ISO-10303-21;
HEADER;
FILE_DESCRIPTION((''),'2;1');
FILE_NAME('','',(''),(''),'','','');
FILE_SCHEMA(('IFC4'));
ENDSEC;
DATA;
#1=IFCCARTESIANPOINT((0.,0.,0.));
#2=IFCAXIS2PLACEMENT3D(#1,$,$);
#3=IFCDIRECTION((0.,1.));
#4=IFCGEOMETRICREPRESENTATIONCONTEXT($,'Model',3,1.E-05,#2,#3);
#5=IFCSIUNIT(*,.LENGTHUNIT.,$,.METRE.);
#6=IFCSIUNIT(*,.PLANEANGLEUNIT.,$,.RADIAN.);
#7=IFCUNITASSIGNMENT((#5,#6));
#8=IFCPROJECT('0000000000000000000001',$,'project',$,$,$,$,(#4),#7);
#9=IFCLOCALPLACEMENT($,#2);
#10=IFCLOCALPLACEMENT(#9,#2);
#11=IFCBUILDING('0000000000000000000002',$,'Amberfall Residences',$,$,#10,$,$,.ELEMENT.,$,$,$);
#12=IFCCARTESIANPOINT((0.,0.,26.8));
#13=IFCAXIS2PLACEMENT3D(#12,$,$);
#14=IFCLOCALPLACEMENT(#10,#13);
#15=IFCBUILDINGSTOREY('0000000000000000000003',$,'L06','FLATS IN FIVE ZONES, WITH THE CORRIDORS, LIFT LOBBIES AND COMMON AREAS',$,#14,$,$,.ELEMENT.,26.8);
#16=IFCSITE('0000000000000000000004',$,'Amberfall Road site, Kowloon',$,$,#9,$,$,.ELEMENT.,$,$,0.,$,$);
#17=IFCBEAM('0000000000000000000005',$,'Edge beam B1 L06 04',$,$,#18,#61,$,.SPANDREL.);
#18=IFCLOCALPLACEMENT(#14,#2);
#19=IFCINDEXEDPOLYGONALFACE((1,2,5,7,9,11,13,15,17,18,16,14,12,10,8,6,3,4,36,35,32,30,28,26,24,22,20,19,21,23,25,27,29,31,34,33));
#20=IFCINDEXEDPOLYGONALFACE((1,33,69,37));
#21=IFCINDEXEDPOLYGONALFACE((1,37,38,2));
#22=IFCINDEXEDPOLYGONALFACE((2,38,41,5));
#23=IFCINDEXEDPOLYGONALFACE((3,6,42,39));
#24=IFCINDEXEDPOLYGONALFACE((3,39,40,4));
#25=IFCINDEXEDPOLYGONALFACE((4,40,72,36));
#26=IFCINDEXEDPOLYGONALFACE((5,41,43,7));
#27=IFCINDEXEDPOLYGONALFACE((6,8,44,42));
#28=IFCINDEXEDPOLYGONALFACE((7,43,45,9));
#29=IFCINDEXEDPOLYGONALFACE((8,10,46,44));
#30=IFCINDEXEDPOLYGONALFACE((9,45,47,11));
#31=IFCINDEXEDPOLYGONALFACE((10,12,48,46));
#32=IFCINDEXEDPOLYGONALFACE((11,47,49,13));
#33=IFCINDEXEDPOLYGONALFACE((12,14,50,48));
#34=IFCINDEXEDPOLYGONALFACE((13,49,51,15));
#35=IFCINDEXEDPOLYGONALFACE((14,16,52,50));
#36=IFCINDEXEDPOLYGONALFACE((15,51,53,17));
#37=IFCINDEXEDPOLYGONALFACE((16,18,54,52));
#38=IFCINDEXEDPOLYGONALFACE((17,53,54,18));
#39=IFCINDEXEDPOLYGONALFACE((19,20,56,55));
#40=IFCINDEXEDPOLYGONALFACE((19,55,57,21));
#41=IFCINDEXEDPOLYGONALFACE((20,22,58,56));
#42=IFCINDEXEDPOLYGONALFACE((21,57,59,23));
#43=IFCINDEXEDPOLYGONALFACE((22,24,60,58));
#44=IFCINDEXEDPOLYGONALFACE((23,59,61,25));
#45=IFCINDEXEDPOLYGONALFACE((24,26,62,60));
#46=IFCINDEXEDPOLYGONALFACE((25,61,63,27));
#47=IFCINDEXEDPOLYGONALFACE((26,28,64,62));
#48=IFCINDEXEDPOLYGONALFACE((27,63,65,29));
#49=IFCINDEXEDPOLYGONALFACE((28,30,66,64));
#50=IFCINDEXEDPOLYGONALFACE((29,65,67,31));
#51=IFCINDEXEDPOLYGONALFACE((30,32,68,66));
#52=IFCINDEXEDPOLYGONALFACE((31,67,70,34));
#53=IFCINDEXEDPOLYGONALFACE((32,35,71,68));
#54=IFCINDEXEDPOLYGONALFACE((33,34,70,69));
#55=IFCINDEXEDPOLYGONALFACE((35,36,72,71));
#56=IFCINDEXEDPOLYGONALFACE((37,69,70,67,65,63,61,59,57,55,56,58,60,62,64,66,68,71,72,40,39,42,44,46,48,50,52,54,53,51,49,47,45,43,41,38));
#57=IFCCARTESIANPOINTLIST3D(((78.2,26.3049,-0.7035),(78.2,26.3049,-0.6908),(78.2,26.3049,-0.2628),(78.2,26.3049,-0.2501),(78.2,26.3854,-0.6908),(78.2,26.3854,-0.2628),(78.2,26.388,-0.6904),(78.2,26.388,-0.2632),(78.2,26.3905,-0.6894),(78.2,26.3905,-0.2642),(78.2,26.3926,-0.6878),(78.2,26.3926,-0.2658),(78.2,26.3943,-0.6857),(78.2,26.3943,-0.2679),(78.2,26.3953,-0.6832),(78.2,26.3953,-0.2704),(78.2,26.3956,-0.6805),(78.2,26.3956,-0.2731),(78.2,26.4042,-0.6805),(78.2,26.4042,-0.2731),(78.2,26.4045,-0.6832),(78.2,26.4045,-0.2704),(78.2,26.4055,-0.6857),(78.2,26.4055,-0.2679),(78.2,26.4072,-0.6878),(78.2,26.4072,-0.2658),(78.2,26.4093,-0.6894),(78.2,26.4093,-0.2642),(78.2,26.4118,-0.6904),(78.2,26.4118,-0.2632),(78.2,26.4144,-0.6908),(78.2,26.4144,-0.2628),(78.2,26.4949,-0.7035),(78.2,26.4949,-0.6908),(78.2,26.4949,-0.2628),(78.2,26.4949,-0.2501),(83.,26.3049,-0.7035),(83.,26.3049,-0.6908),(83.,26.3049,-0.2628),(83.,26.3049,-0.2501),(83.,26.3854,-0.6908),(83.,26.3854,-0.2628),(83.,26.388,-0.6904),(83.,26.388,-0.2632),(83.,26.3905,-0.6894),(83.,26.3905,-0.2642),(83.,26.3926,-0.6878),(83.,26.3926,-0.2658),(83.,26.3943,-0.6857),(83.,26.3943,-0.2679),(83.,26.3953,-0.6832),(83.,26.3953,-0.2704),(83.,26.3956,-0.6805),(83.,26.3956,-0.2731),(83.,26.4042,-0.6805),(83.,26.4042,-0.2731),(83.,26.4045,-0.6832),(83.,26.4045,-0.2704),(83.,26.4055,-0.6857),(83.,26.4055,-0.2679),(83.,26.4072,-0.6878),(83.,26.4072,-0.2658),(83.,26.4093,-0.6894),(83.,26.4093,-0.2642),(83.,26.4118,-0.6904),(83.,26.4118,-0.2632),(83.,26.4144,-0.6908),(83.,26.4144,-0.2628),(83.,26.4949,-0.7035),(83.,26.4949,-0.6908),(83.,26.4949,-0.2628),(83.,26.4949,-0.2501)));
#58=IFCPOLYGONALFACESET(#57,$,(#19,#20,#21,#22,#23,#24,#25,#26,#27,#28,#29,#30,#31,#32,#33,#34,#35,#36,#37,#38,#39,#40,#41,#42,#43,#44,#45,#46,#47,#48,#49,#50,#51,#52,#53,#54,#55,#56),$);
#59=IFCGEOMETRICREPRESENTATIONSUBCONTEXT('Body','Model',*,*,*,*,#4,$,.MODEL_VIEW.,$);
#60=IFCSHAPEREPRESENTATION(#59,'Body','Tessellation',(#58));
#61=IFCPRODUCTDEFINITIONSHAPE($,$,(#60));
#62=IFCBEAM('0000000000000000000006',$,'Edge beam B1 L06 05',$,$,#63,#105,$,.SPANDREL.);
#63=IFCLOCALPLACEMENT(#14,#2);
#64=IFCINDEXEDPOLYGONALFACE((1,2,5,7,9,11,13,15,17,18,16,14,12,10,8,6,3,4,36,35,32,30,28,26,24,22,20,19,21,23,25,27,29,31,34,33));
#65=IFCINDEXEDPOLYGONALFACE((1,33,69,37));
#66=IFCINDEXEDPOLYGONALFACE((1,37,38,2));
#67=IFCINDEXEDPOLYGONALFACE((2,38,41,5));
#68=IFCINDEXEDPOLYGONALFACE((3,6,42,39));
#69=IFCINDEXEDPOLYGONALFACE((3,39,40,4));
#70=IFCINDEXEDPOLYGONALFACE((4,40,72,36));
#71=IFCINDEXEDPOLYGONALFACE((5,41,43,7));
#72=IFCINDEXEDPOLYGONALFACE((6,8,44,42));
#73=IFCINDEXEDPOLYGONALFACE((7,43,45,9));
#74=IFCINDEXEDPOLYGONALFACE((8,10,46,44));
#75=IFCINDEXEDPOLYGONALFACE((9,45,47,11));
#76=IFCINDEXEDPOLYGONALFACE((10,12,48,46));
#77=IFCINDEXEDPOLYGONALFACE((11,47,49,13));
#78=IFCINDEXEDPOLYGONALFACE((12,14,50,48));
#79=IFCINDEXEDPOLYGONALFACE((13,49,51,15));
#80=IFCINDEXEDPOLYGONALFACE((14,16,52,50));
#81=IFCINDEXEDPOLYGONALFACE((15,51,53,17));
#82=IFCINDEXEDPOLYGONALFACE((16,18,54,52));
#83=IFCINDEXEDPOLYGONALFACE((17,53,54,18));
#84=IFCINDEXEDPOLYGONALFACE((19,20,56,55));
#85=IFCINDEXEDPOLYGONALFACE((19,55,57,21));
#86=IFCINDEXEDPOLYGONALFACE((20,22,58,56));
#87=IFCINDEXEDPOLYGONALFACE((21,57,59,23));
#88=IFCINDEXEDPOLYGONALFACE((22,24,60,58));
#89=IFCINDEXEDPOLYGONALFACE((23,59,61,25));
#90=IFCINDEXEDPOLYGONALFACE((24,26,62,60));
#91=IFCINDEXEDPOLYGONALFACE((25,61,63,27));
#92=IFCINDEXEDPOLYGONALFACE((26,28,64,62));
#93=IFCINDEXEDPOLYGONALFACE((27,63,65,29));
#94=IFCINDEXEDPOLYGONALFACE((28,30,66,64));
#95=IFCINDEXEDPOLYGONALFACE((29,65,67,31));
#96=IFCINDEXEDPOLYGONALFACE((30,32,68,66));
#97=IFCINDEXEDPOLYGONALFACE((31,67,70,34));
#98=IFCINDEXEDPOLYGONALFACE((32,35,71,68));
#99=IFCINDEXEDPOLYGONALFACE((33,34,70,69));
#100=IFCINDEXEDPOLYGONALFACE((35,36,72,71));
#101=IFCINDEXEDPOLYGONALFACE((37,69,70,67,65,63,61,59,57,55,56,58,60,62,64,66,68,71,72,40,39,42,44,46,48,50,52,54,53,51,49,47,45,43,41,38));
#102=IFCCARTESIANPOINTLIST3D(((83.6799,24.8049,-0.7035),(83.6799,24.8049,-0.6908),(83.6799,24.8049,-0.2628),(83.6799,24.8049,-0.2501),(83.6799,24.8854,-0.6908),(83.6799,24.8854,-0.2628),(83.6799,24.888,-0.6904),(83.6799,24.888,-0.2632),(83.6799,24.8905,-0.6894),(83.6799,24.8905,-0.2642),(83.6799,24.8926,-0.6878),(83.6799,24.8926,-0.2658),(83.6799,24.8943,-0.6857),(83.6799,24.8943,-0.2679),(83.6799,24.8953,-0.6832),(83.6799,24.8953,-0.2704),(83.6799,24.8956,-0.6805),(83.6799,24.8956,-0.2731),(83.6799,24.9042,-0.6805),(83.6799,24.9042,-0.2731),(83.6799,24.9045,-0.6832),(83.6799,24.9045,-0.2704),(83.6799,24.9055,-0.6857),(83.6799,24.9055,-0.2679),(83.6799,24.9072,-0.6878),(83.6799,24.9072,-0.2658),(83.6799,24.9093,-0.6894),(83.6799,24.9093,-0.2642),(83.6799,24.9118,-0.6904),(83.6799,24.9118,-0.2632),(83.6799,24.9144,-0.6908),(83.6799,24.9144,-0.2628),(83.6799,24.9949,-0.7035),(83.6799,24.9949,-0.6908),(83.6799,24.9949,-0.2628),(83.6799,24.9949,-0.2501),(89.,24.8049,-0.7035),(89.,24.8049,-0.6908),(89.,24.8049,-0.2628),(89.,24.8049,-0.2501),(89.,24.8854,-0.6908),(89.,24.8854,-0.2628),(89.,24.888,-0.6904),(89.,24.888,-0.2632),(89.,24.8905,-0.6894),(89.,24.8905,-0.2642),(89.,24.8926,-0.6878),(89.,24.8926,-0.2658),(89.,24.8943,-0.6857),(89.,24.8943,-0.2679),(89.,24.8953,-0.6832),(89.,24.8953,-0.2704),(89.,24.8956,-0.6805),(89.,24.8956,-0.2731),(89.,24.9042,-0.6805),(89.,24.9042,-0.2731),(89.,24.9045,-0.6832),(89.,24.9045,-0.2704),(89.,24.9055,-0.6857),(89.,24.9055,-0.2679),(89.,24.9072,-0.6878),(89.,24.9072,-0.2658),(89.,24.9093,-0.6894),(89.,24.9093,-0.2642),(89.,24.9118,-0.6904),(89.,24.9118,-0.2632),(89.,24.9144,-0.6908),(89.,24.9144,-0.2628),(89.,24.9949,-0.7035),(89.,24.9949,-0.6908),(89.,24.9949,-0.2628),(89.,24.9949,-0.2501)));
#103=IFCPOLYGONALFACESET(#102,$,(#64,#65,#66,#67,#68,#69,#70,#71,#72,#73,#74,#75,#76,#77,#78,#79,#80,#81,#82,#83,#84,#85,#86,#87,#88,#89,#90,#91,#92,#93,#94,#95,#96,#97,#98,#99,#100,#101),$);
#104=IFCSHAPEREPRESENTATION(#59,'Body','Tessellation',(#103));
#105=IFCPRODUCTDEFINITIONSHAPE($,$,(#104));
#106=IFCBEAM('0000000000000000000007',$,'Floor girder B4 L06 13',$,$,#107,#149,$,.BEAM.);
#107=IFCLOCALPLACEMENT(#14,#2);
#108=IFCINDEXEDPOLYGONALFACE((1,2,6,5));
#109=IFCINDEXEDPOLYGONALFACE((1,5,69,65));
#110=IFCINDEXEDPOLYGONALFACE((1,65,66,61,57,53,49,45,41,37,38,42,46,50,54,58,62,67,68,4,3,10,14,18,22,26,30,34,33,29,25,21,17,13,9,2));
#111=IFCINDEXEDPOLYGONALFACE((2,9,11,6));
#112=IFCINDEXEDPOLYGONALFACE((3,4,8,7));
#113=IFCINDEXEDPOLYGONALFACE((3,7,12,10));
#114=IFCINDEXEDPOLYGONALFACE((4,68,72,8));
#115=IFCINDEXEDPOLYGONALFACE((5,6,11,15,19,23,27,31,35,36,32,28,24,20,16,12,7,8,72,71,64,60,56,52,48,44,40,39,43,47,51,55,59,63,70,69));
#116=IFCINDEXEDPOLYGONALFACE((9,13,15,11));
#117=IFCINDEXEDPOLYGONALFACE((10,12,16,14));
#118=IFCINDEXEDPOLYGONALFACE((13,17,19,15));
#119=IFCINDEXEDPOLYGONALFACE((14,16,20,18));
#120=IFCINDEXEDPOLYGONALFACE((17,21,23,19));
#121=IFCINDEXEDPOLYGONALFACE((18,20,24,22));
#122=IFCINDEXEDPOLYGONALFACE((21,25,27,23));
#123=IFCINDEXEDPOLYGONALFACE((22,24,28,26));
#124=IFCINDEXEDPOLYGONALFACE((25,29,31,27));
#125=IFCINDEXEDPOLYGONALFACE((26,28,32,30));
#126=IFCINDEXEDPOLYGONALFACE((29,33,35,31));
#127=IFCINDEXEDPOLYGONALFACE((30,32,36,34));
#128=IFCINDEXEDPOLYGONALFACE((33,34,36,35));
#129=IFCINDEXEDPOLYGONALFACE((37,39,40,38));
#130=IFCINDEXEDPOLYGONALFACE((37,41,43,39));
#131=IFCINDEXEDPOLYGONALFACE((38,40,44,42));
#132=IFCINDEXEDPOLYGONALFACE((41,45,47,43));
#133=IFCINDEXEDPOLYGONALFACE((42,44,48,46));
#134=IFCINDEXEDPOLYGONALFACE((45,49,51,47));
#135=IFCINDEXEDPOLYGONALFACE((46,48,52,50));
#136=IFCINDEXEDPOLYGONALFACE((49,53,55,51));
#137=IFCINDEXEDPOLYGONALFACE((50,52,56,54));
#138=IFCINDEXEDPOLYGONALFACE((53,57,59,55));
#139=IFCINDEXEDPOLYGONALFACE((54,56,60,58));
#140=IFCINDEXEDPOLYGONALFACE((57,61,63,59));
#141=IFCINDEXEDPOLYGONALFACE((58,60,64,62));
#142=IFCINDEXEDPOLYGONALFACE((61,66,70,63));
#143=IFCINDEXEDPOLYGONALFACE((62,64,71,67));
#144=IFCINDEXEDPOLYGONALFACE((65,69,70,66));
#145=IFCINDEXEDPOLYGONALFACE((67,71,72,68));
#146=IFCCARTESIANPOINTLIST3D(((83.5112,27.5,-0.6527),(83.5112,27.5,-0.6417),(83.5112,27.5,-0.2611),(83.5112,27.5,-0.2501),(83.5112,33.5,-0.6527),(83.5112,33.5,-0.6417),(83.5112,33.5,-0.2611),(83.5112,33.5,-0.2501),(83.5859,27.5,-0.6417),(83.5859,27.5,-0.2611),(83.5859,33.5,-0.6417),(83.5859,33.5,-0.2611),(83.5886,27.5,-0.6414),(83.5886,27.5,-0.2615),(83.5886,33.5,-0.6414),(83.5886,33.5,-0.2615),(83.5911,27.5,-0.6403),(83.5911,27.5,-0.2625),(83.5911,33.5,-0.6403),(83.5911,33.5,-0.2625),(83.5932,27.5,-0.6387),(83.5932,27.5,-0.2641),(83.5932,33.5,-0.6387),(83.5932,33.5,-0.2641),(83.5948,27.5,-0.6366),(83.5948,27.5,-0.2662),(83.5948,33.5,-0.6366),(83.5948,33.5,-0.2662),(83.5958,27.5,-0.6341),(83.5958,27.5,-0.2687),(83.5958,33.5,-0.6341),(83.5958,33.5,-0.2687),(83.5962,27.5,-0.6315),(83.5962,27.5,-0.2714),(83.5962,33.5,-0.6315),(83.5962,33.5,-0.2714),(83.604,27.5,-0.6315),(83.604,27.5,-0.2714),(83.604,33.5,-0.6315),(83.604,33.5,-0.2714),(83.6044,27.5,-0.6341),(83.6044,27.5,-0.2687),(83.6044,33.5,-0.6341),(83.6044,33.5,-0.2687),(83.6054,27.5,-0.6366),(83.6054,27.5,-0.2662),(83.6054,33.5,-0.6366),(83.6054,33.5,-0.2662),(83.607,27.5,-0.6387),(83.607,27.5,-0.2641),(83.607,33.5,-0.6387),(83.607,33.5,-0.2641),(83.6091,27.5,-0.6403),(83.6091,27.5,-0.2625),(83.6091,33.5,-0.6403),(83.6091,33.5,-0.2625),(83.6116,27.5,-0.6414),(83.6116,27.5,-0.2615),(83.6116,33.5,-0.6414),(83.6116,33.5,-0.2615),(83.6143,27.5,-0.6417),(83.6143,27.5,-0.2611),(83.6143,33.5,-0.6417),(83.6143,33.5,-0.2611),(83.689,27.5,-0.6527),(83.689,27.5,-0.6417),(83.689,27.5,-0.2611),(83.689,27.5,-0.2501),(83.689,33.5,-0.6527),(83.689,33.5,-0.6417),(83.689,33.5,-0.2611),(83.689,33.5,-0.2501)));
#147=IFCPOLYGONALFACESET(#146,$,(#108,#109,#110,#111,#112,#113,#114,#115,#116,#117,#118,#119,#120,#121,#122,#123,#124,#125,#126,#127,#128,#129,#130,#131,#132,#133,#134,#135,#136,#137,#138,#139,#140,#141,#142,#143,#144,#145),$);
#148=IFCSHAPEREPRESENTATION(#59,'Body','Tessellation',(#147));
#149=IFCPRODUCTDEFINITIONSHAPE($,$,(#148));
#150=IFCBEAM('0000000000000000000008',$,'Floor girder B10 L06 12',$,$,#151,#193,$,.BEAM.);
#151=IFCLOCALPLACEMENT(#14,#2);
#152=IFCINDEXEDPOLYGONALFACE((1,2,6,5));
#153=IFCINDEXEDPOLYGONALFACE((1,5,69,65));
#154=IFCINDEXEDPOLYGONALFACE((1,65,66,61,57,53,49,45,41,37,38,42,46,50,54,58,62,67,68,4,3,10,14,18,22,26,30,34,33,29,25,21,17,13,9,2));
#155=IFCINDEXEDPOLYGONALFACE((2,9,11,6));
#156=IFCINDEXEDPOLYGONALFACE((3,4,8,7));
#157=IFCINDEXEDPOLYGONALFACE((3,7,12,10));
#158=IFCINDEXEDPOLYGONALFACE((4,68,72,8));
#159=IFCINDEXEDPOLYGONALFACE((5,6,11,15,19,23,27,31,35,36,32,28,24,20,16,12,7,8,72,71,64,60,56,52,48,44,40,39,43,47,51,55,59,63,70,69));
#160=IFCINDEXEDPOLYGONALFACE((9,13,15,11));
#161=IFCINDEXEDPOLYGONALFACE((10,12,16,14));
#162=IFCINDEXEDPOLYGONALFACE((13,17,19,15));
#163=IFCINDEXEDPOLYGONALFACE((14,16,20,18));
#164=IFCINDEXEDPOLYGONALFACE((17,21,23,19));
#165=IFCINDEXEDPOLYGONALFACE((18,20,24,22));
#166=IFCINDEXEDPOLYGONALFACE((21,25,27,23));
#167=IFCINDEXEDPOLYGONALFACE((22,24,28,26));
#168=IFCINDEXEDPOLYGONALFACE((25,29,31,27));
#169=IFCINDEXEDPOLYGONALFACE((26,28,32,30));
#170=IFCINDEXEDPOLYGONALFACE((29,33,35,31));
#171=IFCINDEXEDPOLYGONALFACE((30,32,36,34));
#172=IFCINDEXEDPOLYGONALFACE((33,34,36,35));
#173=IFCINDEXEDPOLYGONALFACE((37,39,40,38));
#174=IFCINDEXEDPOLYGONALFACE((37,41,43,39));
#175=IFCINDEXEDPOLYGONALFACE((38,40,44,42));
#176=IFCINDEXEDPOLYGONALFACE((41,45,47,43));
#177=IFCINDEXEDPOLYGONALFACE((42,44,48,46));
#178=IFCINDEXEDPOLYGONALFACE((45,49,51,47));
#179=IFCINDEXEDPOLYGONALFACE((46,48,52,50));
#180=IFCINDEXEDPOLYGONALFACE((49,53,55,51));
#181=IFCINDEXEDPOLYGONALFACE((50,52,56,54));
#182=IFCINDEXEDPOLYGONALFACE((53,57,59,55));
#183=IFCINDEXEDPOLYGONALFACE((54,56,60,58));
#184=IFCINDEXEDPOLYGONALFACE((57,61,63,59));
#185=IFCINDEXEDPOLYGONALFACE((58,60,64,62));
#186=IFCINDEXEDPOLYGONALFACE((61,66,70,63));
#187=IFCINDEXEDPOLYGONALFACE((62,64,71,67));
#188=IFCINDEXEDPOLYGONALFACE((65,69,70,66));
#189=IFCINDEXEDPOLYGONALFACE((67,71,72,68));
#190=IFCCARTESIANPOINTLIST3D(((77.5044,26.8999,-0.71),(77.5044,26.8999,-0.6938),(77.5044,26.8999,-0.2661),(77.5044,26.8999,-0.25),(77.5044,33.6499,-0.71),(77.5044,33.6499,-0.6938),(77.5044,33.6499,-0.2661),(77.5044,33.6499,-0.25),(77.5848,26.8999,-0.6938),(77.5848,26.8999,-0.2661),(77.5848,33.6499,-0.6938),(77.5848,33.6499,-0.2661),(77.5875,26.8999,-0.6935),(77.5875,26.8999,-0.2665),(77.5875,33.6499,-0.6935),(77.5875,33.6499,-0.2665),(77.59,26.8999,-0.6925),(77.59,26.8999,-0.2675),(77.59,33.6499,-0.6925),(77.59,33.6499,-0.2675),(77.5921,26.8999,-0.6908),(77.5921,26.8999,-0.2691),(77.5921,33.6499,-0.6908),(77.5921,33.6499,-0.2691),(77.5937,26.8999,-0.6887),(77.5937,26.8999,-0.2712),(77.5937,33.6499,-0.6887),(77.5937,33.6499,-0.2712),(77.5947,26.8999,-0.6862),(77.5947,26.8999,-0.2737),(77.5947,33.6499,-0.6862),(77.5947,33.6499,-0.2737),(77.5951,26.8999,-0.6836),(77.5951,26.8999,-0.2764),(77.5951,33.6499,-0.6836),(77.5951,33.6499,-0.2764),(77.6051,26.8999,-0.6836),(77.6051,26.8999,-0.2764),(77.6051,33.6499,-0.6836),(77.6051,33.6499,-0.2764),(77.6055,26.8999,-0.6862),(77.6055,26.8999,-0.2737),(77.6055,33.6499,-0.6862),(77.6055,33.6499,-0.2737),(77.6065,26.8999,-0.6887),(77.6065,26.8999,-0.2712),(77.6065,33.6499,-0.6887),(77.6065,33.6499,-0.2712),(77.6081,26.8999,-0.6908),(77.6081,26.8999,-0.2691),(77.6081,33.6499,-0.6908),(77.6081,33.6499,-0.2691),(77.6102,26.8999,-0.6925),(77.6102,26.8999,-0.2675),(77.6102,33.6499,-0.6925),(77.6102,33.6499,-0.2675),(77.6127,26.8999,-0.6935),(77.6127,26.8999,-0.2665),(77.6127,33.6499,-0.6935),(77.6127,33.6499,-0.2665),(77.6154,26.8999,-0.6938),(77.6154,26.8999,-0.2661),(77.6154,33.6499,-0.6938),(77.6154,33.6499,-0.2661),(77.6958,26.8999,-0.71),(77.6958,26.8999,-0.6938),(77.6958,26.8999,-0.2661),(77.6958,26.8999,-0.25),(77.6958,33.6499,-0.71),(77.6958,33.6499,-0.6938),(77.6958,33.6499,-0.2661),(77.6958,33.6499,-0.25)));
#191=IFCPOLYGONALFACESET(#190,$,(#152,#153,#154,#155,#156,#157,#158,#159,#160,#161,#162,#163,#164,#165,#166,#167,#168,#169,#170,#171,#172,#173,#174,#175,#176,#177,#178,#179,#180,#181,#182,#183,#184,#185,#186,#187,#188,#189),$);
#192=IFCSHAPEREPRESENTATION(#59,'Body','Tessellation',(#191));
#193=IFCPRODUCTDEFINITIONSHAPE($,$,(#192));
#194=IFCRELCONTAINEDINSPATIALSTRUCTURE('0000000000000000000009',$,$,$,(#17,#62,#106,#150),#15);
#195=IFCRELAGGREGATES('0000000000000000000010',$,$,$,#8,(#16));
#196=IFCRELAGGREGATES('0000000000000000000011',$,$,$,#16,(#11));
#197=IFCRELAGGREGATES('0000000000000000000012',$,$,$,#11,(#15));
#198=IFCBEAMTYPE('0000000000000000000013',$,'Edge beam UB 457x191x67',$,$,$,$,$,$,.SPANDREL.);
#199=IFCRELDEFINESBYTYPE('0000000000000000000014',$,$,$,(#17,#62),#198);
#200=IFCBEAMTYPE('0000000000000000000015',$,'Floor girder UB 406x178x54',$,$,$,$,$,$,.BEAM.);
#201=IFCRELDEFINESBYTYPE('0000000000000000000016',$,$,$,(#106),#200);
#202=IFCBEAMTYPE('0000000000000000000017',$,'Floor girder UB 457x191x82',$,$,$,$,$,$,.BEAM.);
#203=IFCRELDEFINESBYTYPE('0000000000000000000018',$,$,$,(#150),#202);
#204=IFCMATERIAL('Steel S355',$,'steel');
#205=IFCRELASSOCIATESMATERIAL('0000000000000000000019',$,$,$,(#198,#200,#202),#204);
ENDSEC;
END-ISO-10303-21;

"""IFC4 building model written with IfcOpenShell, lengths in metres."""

from ifc_helpers import new_model, si_unit, direction, frame, origin, origin_2d, place, context, subcontext, project, spatial, i_section, extrude, material, material_profile, profile_set, type_object, element, save


model = new_model("IFC4")

# Units and contexts
model_context = context("Model", 3, precision=1e-05, world=origin(), true_north=direction((0.0, 1.0)))
body_context = subcontext(model_context, "Body", "Model", "MODEL_VIEW")
ifc_project = project(units=[si_unit("LENGTHUNIT", "METRE"), si_unit("PLANEANGLEUNIT", "RADIAN")], contexts=[model_context])

# Site, building, storey
site_placement = place(None, origin())
site = spatial("IfcSite", under=ifc_project, at=site_placement, Name="Amberfall Road site, Kowloon", CompositionType="ELEMENT", RefElevation=0.0)
building_placement = place(site_placement, origin())
building = spatial("IfcBuilding", under=site, at=building_placement, Name="Amberfall Residences", CompositionType="ELEMENT")
storey_placement = place(building_placement, frame((0.0, 0.0, 26.8)))
storey = spatial("IfcBuildingStorey", under=building, at=storey_placement, Name="L06", Description="FLATS IN FIVE ZONES, WITH THE CORRIDORS, LIFT LOBBIES AND COMMON AREAS", CompositionType="ELEMENT", Elevation=26.8)

# Beams
ifc_material_1 = material(Name="Steel S355", Category="steel")
ifc_material_profile_1 = material_profile(ifc_material_1, i_section(OverallWidth=0.1899, OverallDepth=0.4534, WebThickness=0.0085, FlangeThickness=0.0127, FilletRadius=0.0103, at=origin_2d()), Name="UB 457x191x67")
ifc_profile_set_1 = profile_set([ifc_material_profile_1], Name="Steel S355")
beam_type_1 = type_object("IfcBeamType", Name="Edge beam UB 457x191x67", PredefinedType="SPANDREL", material=ifc_profile_set_1)
beam_1_placement = place(storey_placement, frame((78.2, 26.3999, -0.4768), z_axis=(1.0, 0.0, 0.0), x_axis=(0.0, 1.0, 0.0)))
element("IfcBeam", 1, at=beam_1_placement, inside=storey, type_object=beam_type_1, Name="Edge beam B1 L06 04", PredefinedType="SPANDREL", context=body_context, shape_type="SweptSolid", body=[
    extrude(i_section(OverallWidth=0.1899, OverallDepth=0.4534, WebThickness=0.0085, FlangeThickness=0.0127, FilletRadius=0.0103, at=origin_2d()), origin(), (0.0, 0.0, 1.0), 4.8),
])
beam_2_placement = place(storey_placement, frame((83.6799, 24.8999, -0.4768), z_axis=(1.0, 0.0, 0.0), x_axis=(0.0, 1.0, 0.0)))
element("IfcBeam", 2, at=beam_2_placement, inside=storey, type_object=beam_type_1, Name="Edge beam B1 L06 05", PredefinedType="SPANDREL", context=body_context, shape_type="SweptSolid", body=[
    extrude(i_section(OverallWidth=0.1899, OverallDepth=0.4534, WebThickness=0.0085, FlangeThickness=0.0127, FilletRadius=0.0103, at=origin_2d()), origin(), (0.0, 0.0, 1.0), 5.3201),
])
ifc_material_profile_2 = material_profile(ifc_material_1, i_section(OverallWidth=0.1777, OverallDepth=0.4026, WebThickness=0.0078, FlangeThickness=0.011, FilletRadius=0.0103, at=origin_2d()), Name="UB 406x178x54")
ifc_profile_set_2 = profile_set([ifc_material_profile_2], Name="Steel S355")
beam_type_2 = type_object("IfcBeamType", Name="Floor girder UB 406x178x54", PredefinedType="BEAM", material=ifc_profile_set_2)
beam_3_placement = place(storey_placement, frame((83.6001, 27.5, -0.4514), z_axis=(0.0, 1.0, 0.0), x_axis=(-1.0, 0.0, 0.0)))
element("IfcBeam", 3, at=beam_3_placement, inside=storey, type_object=beam_type_2, Name="Floor girder B4 L06 13", PredefinedType="BEAM", context=body_context, shape_type="SweptSolid", body=[
    extrude(i_section(OverallWidth=0.1777, OverallDepth=0.4026, WebThickness=0.0078, FlangeThickness=0.011, FilletRadius=0.0103, at=origin_2d()), origin(), (0.0, 0.0, 1.0), 6.0),
])
ifc_material_profile_3 = material_profile(ifc_material_1, i_section(OverallWidth=0.1914, OverallDepth=0.46, WebThickness=0.01, FlangeThickness=0.0161, FilletRadius=0.0103, at=origin_2d()), Name="UB 457x191x82")
ifc_profile_set_3 = profile_set([ifc_material_profile_3], Name="Steel S355")
beam_type_3 = type_object("IfcBeamType", Name="Floor girder UB 457x191x82", PredefinedType="BEAM", material=ifc_profile_set_3)
beam_4_placement = place(storey_placement, frame((77.6001, 26.8999, -0.48), z_axis=(0.0, 1.0, 0.0), x_axis=(-1.0, 0.0, 0.0)))
element("IfcBeam", 4, at=beam_4_placement, inside=storey, type_object=beam_type_3, Name="Floor girder B10 L06 12", PredefinedType="BEAM", context=body_context, shape_type="SweptSolid", body=[
    extrude(i_section(OverallWidth=0.1914, OverallDepth=0.46, WebThickness=0.01, FlangeThickness=0.0161, FilletRadius=0.0103, at=origin_2d()), origin(), (0.0, 0.0, 1.0), 6.75),
])

save(model, "model.ifc")
